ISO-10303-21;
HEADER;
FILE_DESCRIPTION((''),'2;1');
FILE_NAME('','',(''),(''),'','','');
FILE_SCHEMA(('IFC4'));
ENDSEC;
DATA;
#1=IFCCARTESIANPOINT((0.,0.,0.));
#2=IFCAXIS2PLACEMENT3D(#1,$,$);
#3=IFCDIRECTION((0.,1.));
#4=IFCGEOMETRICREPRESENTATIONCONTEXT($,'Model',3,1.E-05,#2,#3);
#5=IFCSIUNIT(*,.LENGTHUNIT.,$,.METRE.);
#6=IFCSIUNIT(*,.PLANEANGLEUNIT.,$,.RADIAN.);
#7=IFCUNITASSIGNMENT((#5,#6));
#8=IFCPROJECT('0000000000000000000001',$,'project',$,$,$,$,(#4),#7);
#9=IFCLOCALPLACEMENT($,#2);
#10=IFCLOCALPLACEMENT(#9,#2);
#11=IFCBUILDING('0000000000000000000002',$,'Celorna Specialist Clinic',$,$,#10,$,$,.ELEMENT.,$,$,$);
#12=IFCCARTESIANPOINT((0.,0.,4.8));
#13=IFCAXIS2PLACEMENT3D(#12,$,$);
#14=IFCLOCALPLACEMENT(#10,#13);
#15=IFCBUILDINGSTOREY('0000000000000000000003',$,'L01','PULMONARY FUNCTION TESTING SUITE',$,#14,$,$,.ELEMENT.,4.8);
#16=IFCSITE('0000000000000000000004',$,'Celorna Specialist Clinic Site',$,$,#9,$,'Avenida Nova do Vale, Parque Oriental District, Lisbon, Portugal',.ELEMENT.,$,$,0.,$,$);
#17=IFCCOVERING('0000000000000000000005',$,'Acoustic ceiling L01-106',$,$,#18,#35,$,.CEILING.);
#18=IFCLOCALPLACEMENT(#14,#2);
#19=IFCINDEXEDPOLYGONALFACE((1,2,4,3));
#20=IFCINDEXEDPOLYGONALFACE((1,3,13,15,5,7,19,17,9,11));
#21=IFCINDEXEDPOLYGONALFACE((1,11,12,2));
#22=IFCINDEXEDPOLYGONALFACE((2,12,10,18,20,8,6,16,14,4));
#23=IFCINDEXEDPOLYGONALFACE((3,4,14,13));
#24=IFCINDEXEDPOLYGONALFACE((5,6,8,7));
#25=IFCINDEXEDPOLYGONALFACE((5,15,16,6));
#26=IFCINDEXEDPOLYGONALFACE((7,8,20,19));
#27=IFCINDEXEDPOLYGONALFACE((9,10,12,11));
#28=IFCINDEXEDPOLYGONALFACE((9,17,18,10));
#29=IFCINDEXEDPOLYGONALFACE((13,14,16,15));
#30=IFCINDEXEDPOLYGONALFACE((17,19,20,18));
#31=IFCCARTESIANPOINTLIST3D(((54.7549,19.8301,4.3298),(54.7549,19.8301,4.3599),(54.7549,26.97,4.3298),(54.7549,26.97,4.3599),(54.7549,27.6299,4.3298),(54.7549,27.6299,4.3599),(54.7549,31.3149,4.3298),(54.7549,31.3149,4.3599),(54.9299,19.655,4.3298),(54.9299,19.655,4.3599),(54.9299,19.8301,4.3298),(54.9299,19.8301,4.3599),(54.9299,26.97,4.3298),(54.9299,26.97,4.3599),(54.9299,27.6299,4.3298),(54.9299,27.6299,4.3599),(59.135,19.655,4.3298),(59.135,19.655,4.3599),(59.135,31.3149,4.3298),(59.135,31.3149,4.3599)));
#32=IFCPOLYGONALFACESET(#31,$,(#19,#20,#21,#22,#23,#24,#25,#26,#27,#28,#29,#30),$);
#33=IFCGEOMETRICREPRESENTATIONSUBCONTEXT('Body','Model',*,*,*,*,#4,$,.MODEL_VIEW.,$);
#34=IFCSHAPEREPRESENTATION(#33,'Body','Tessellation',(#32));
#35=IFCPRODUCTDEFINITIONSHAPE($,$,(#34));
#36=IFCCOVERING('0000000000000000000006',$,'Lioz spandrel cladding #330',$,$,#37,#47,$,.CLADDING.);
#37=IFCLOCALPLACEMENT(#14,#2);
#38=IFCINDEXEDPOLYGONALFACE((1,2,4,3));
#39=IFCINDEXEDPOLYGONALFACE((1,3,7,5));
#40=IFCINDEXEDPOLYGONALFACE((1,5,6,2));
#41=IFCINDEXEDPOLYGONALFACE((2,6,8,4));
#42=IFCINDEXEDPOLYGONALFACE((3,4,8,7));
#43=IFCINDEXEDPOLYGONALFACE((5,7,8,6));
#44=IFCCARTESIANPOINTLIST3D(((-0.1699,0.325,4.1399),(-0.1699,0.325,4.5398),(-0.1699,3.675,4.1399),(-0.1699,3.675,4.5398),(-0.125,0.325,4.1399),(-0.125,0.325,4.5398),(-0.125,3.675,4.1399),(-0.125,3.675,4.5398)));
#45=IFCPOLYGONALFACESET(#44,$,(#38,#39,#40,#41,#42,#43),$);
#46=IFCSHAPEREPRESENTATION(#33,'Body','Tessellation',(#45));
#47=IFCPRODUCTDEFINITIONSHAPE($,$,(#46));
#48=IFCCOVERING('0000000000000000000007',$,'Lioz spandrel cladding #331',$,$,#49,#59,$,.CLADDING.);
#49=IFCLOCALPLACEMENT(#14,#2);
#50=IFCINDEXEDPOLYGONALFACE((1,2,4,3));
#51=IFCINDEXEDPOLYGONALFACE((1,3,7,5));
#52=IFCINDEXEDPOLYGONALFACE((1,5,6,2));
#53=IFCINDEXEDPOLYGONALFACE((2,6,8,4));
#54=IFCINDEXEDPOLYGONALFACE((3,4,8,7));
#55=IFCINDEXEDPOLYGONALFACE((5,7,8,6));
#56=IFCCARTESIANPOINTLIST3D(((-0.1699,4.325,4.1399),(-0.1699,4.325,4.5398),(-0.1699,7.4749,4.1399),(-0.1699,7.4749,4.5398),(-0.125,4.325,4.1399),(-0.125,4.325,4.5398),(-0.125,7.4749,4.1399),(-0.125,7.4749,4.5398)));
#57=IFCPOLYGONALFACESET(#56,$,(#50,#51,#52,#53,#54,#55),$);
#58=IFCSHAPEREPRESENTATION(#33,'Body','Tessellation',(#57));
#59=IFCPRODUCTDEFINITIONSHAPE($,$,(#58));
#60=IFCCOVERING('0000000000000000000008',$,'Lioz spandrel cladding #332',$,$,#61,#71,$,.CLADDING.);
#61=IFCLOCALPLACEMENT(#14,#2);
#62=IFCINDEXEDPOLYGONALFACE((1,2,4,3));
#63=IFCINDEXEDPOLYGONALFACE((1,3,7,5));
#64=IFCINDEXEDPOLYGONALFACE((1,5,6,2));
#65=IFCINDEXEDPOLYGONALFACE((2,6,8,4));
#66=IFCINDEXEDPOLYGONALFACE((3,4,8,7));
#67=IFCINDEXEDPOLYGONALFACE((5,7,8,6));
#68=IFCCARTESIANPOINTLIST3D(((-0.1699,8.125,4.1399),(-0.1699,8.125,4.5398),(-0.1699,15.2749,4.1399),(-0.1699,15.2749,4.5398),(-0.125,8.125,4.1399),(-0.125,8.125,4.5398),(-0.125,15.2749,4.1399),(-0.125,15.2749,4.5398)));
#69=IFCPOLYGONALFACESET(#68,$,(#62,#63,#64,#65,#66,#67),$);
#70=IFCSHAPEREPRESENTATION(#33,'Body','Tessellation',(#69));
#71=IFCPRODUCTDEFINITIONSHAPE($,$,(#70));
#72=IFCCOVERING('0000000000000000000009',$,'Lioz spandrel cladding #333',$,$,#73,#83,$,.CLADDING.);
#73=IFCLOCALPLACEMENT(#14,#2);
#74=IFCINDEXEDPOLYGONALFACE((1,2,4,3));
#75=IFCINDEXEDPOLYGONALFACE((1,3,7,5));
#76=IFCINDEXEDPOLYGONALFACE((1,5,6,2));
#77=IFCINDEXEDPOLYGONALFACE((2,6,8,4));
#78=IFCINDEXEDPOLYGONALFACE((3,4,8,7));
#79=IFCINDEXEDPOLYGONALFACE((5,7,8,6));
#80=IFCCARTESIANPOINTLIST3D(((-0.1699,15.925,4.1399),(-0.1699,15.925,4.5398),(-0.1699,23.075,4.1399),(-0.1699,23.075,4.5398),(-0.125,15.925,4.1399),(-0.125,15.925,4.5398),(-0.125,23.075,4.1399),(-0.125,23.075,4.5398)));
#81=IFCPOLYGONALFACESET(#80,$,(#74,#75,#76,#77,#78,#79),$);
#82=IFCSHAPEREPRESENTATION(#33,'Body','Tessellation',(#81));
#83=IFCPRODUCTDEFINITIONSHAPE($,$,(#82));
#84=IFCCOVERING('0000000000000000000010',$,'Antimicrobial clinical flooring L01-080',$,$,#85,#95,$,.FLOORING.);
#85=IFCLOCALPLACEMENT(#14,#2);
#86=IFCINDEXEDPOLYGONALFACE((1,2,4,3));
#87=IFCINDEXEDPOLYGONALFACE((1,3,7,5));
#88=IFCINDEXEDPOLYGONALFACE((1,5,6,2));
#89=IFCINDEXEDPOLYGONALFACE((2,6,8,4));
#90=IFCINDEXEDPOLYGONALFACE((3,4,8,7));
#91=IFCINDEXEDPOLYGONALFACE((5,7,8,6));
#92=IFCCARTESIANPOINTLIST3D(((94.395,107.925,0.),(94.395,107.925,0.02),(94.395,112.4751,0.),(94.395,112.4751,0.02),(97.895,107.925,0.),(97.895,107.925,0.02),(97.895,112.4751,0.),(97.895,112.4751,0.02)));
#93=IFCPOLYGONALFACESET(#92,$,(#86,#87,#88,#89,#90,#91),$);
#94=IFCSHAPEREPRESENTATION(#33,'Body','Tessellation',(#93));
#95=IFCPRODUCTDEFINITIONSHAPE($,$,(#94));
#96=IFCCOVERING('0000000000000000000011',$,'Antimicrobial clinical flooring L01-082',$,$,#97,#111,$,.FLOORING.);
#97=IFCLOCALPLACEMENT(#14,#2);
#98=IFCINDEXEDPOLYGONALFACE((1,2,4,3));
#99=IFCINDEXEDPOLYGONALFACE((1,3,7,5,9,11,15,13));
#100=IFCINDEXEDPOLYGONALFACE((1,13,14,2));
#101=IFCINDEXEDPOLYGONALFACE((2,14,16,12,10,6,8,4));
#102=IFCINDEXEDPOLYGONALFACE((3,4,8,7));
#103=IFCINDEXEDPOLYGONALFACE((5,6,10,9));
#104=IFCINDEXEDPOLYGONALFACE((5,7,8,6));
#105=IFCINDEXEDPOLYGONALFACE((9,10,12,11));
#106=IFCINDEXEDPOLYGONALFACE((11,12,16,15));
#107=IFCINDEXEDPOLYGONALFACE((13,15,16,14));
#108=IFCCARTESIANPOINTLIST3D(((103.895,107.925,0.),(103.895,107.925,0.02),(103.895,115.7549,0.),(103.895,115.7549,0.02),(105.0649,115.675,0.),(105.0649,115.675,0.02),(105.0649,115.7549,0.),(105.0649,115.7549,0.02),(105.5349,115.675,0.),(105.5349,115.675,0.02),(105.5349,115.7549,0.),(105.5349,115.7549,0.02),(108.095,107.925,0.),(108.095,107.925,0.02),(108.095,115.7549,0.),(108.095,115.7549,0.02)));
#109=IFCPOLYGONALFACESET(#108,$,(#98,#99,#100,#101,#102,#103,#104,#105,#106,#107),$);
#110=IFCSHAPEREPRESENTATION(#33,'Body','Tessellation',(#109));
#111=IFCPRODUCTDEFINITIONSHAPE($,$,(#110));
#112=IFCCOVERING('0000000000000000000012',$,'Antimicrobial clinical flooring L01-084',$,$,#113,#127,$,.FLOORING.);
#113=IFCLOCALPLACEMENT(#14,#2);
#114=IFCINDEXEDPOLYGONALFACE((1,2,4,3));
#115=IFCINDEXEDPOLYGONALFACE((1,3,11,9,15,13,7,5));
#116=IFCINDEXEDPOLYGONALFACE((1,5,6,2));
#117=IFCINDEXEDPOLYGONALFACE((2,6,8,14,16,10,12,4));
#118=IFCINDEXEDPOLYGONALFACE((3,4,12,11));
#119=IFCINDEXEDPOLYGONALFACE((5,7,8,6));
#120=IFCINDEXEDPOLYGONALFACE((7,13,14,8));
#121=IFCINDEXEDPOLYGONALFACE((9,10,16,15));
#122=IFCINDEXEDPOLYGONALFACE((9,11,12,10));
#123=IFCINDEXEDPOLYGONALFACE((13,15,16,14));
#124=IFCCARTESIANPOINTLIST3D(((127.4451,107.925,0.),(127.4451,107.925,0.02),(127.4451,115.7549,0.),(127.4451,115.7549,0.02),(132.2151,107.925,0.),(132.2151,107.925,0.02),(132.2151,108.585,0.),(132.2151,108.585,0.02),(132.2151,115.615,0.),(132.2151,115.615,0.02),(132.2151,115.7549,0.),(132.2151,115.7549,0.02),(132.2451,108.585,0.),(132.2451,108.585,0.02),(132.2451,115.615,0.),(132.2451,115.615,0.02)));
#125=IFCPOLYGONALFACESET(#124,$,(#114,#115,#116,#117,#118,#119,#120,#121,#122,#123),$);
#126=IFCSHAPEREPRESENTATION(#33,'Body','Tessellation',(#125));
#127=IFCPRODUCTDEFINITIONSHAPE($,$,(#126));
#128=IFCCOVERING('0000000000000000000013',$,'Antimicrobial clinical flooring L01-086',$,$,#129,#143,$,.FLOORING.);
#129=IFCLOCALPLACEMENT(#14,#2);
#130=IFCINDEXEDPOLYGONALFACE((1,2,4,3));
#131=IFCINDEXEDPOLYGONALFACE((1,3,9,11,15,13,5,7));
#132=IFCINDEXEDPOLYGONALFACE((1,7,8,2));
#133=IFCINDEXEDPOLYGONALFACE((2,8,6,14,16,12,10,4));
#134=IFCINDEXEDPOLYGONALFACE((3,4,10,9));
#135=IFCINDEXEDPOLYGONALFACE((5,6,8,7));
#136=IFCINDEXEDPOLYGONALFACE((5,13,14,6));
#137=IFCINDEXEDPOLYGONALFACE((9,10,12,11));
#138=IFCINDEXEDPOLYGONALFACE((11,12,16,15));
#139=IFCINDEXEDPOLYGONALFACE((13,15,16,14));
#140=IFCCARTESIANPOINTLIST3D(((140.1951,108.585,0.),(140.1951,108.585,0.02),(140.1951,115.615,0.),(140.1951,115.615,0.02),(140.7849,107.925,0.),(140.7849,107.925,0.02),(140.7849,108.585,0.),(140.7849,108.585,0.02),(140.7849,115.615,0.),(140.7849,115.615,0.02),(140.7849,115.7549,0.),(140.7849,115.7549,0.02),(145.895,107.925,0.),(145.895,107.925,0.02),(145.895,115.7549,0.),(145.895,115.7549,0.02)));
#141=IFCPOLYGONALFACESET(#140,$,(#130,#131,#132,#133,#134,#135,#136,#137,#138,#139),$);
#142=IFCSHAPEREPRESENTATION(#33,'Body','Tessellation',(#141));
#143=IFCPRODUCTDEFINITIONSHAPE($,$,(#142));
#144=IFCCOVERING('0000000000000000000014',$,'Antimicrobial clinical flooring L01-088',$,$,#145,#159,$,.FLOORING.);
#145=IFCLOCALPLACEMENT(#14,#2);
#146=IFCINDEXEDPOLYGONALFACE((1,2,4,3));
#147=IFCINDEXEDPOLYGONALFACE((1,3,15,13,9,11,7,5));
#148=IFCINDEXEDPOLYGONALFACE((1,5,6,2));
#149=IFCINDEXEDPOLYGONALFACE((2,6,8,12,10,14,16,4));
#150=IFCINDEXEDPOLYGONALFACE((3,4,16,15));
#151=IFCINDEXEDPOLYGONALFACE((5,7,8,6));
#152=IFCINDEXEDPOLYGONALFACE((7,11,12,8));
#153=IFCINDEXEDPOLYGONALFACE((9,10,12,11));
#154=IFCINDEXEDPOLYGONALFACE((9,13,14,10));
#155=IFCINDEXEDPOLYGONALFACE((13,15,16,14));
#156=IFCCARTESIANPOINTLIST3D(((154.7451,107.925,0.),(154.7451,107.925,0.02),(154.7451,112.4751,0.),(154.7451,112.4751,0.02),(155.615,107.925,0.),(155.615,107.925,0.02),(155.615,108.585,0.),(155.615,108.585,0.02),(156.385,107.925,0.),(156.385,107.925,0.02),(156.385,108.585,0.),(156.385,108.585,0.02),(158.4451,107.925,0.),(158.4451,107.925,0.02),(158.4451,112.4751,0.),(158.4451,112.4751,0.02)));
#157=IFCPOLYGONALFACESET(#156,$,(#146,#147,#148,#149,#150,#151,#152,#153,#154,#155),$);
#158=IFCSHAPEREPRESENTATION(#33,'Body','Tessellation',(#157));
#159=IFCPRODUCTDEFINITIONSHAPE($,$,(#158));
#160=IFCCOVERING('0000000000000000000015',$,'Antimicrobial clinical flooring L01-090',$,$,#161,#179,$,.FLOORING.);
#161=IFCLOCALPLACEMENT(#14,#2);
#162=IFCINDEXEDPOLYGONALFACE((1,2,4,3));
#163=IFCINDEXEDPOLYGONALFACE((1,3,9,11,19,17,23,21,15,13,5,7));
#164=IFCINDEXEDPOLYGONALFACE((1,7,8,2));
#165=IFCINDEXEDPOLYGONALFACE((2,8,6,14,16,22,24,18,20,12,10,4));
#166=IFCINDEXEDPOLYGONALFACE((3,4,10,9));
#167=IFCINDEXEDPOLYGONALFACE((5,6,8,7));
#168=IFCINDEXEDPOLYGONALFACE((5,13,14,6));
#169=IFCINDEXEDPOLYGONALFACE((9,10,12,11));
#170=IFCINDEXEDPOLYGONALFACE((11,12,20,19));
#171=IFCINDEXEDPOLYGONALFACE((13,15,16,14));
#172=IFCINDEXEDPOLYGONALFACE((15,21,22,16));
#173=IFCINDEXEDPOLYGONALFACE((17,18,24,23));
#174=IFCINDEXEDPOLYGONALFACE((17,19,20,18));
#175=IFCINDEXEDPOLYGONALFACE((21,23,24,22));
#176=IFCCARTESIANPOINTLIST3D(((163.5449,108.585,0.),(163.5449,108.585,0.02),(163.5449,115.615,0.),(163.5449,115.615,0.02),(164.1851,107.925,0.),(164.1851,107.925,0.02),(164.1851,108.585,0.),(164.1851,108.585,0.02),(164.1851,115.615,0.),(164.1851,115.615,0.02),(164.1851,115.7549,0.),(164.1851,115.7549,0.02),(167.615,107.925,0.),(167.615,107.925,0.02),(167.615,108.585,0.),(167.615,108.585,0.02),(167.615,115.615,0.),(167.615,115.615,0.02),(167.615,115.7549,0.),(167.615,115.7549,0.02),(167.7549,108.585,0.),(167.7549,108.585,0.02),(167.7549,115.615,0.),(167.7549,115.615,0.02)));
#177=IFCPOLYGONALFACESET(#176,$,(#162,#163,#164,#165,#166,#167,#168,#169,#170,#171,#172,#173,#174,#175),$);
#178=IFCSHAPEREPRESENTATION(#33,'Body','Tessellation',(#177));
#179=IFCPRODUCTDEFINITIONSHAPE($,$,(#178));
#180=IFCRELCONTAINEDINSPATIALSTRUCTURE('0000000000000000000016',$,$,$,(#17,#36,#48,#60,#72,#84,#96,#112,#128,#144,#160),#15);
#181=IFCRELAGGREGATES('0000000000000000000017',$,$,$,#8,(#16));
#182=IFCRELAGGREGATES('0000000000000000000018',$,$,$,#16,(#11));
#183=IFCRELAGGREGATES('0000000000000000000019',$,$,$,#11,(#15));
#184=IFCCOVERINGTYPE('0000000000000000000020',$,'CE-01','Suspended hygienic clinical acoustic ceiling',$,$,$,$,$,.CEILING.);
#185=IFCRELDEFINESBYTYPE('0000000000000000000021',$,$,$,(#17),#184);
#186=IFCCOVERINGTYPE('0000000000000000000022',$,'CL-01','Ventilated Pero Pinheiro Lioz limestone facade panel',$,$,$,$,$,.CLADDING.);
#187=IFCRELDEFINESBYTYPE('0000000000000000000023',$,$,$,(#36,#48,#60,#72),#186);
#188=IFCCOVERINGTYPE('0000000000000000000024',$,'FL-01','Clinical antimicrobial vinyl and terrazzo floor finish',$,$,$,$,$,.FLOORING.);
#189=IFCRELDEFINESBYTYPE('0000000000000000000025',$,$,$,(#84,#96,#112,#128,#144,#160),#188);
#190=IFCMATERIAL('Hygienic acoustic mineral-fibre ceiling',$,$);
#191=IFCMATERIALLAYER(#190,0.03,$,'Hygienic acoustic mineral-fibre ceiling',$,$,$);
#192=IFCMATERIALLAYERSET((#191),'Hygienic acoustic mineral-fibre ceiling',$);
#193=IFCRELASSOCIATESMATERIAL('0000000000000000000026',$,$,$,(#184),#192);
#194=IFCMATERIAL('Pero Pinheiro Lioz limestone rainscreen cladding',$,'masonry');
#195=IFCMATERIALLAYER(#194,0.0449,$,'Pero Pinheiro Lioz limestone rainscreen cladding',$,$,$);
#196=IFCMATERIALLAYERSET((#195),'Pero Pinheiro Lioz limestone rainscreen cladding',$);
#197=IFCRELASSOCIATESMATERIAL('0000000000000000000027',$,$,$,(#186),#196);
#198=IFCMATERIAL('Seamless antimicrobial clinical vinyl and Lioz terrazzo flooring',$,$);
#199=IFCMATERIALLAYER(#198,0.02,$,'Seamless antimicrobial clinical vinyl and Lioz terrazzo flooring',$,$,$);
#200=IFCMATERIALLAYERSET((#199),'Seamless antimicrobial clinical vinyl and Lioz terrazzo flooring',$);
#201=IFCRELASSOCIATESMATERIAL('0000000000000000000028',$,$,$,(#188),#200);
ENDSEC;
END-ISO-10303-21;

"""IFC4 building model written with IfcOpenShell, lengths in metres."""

from ifc_helpers import new_model, si_unit, direction, frame, origin, origin_2d, place, context, subcontext, project, spatial, polyline, rectangle, outline, extrude, material, layer, layer_set, type_object, element, save


model = new_model("IFC4")

# Units and contexts
model_context = context("Model", 3, precision=1e-05, world=origin(), true_north=direction((0.0, 1.0)))
body_context = subcontext(model_context, "Body", "Model", "MODEL_VIEW")
ifc_project = project(units=[si_unit("LENGTHUNIT", "METRE"), si_unit("PLANEANGLEUNIT", "RADIAN")], contexts=[model_context])

# Site, building, storey
site_placement = place(None, origin())
site = spatial("IfcSite", under=ifc_project, at=site_placement, Name="Celorna Specialist Clinic Site", LongName="Avenida Nova do Vale, Parque Oriental District, Lisbon, Portugal", CompositionType="ELEMENT", RefElevation=0.0)
building_placement = place(site_placement, origin())
building = spatial("IfcBuilding", under=site, at=building_placement, Name="Celorna Specialist Clinic", CompositionType="ELEMENT")
storey_placement = place(building_placement, frame((0.0, 0.0, 4.8)))
storey = spatial("IfcBuildingStorey", under=building, at=storey_placement, Name="L01", Description="PULMONARY FUNCTION TESTING SUITE", CompositionType="ELEMENT", Elevation=4.8)

# Coverings
ifc_material_1 = material(Name="Hygienic acoustic mineral-fibre ceiling")
ifc_layer_1 = layer(ifc_material_1, 0.03, Name="Hygienic acoustic mineral-fibre ceiling")
ifc_layer_set_1 = layer_set([ifc_layer_1], Name="Hygienic acoustic mineral-fibre ceiling")
covering_type_1 = type_object("IfcCoveringType", Name="CE-01", Description="Suspended hygienic clinical acoustic ceiling", PredefinedType="CEILING", material=ifc_layer_set_1)
covering_1_placement = place(storey_placement, frame((0.0, 0.0, 4.3298)))
element("IfcCovering", 1, at=covering_1_placement, inside=storey, type_object=covering_type_1, Name="Acoustic ceiling L01-106", PredefinedType="CEILING", context=body_context, shape_type="SweptSolid", body=[
    extrude(outline(polyline([(54.7549, 31.3149), (59.135, 31.3149), (59.135, 19.655), (54.9299, 19.655), (54.9299, 19.8301), (54.7549, 19.8301), (54.7549, 26.97), (54.9299, 26.97), (54.9299, 27.6299), (54.7549, 27.6299), (54.7549, 31.3149)])), origin(), (0.0, 0.0, 1.0), 0.03),
])
ifc_material_2 = material(Name="Pero Pinheiro Lioz limestone rainscreen cladding", Category="masonry")
ifc_layer_2 = layer(ifc_material_2, 0.0449, Name="Pero Pinheiro Lioz limestone rainscreen cladding")
ifc_layer_set_2 = layer_set([ifc_layer_2], Name="Pero Pinheiro Lioz limestone rainscreen cladding")
covering_type_2 = type_object("IfcCoveringType", Name="CL-01", Description="Ventilated Pero Pinheiro Lioz limestone facade panel", PredefinedType="CLADDING", material=ifc_layer_set_2)
covering_2_placement = place(storey_placement, frame((-0.1475, 2.0, 4.1399), z_axis=(0.0, 0.0, 1.0), x_axis=(0.0, 1.0, 0.0)))
element("IfcCovering", 2, at=covering_2_placement, inside=storey, type_object=covering_type_2, Name="Lioz spandrel cladding #330", PredefinedType="CLADDING", context=body_context, shape_type="SweptSolid", body=[
    extrude(rectangle(XDim=3.3501, YDim=0.0449, at=origin_2d()), origin(), (0.0, 0.0, 1.0), 0.3999),
])
covering_3_placement = place(storey_placement, frame((-0.1475, 5.8999, 4.1399), z_axis=(0.0, 0.0, 1.0), x_axis=(0.0, 1.0, 0.0)))
element("IfcCovering", 3, at=covering_3_placement, inside=storey, type_object=covering_type_2, Name="Lioz spandrel cladding #331", PredefinedType="CLADDING", context=body_context, shape_type="SweptSolid", body=[
    extrude(rectangle(XDim=3.1499, YDim=0.0449, at=origin_2d()), origin(), (0.0, 0.0, 1.0), 0.3999),
])
for number, where, z_axis, x_axis, name in (
    (4, (-0.1475, 11.7, 4.1399), (0.0, 0.0, 1.0), (0.0, 1.0, 0.0), "Lioz spandrel cladding #332"),
    (5, (-0.1475, 19.5, 4.1399), (0.0, 0.0, 1.0), (0.0, 1.0, 0.0), "Lioz spandrel cladding #333"),
):
    element("IfcCovering", number, at=place(storey_placement, frame(where, z_axis=z_axis, x_axis=x_axis)), inside=storey, type_object=covering_type_2, Name=name, PredefinedType="CLADDING", context=body_context, shape_type="SweptSolid", body=[
        extrude(rectangle(XDim=7.1499, YDim=0.0449, at=origin_2d()), origin(), (0.0, 0.0, 1.0), 0.3999),
    ])
ifc_material_3 = material(Name="Seamless antimicrobial clinical vinyl and Lioz terrazzo flooring")
ifc_layer_3 = layer(ifc_material_3, 0.02, Name="Seamless antimicrobial clinical vinyl and Lioz terrazzo flooring")
ifc_layer_set_3 = layer_set([ifc_layer_3], Name="Seamless antimicrobial clinical vinyl and Lioz terrazzo flooring")
covering_type_3 = type_object("IfcCoveringType", Name="FL-01", Description="Clinical antimicrobial vinyl and terrazzo floor finish", PredefinedType="FLOORING", material=ifc_layer_set_3)
covering_4_placement = place(storey_placement, origin())
element("IfcCovering", 6, at=covering_4_placement, inside=storey, type_object=covering_type_3, Name="Antimicrobial clinical flooring L01-080", PredefinedType="FLOORING", context=body_context, shape_type="SweptSolid", body=[
    extrude(outline(polyline([(94.395, 112.4751), (97.895, 112.4751), (97.895, 107.925), (94.395, 107.925), (94.395, 112.4751)])), origin(), (0.0, 0.0, 1.0), 0.02),
])
covering_5_placement = place(storey_placement, origin())
element("IfcCovering", 7, at=covering_5_placement, inside=storey, type_object=covering_type_3, Name="Antimicrobial clinical flooring L01-082", PredefinedType="FLOORING", context=body_context, shape_type="SweptSolid", body=[
    extrude(outline(polyline([(103.895, 115.7549), (105.0649, 115.7549), (105.0649, 115.675), (105.5349, 115.675), (105.5349, 115.7549), (108.095, 115.7549), (108.095, 107.925), (103.895, 107.925), (103.895, 115.7549)])), origin(), (0.0, 0.0, 1.0), 0.02),
])
covering_6_placement = place(storey_placement, origin())
element("IfcCovering", 8, at=covering_6_placement, inside=storey, type_object=covering_type_3, Name="Antimicrobial clinical flooring L01-084", PredefinedType="FLOORING", context=body_context, shape_type="SweptSolid", body=[
    extrude(outline(polyline([(127.4451, 115.7549), (132.2151, 115.7549), (132.2151, 115.615), (132.2451, 115.615), (132.2451, 108.585), (132.2151, 108.585), (132.2151, 107.925), (127.4451, 107.925), (127.4451, 115.7549)])), origin(), (0.0, 0.0, 1.0), 0.02),
])
covering_7_placement = place(storey_placement, origin())
element("IfcCovering", 9, at=covering_7_placement, inside=storey, type_object=covering_type_3, Name="Antimicrobial clinical flooring L01-086", PredefinedType="FLOORING", context=body_context, shape_type="SweptSolid", body=[
    extrude(outline(polyline([(140.7849, 107.925), (140.7849, 108.585), (140.1951, 108.585), (140.1951, 115.615), (140.7849, 115.615), (140.7849, 115.7549), (145.895, 115.7549), (145.895, 107.925), (140.7849, 107.925)])), origin(), (0.0, 0.0, 1.0), 0.02),
])
covering_8_placement = place(storey_placement, origin())
element("IfcCovering", 10, at=covering_8_placement, inside=storey, type_object=covering_type_3, Name="Antimicrobial clinical flooring L01-088", PredefinedType="FLOORING", context=body_context, shape_type="SweptSolid", body=[
    extrude(outline(polyline([(154.7451, 112.4751), (158.4451, 112.4751), (158.4451, 107.925), (156.385, 107.925), (156.385, 108.585), (155.615, 108.585), (155.615, 107.925), (154.7451, 107.925), (154.7451, 112.4751)])), origin(), (0.0, 0.0, 1.0), 0.02),
])
covering_9_placement = place(storey_placement, origin())
element("IfcCovering", 11, at=covering_9_placement, inside=storey, type_object=covering_type_3, Name="Antimicrobial clinical flooring L01-090", PredefinedType="FLOORING", context=body_context, shape_type="SweptSolid", body=[
    extrude(outline(polyline([(163.5449, 115.615), (164.1851, 115.615), (164.1851, 115.7549), (167.615, 115.7549), (167.615, 115.615), (167.7549, 115.615), (167.7549, 108.585), (167.615, 108.585), (167.615, 107.925), (164.1851, 107.925), (164.1851, 108.585), (163.5449, 108.585), (163.5449, 115.615)])), origin(), (0.0, 0.0, 1.0), 0.02),
])

save(model, "model.ifc")
